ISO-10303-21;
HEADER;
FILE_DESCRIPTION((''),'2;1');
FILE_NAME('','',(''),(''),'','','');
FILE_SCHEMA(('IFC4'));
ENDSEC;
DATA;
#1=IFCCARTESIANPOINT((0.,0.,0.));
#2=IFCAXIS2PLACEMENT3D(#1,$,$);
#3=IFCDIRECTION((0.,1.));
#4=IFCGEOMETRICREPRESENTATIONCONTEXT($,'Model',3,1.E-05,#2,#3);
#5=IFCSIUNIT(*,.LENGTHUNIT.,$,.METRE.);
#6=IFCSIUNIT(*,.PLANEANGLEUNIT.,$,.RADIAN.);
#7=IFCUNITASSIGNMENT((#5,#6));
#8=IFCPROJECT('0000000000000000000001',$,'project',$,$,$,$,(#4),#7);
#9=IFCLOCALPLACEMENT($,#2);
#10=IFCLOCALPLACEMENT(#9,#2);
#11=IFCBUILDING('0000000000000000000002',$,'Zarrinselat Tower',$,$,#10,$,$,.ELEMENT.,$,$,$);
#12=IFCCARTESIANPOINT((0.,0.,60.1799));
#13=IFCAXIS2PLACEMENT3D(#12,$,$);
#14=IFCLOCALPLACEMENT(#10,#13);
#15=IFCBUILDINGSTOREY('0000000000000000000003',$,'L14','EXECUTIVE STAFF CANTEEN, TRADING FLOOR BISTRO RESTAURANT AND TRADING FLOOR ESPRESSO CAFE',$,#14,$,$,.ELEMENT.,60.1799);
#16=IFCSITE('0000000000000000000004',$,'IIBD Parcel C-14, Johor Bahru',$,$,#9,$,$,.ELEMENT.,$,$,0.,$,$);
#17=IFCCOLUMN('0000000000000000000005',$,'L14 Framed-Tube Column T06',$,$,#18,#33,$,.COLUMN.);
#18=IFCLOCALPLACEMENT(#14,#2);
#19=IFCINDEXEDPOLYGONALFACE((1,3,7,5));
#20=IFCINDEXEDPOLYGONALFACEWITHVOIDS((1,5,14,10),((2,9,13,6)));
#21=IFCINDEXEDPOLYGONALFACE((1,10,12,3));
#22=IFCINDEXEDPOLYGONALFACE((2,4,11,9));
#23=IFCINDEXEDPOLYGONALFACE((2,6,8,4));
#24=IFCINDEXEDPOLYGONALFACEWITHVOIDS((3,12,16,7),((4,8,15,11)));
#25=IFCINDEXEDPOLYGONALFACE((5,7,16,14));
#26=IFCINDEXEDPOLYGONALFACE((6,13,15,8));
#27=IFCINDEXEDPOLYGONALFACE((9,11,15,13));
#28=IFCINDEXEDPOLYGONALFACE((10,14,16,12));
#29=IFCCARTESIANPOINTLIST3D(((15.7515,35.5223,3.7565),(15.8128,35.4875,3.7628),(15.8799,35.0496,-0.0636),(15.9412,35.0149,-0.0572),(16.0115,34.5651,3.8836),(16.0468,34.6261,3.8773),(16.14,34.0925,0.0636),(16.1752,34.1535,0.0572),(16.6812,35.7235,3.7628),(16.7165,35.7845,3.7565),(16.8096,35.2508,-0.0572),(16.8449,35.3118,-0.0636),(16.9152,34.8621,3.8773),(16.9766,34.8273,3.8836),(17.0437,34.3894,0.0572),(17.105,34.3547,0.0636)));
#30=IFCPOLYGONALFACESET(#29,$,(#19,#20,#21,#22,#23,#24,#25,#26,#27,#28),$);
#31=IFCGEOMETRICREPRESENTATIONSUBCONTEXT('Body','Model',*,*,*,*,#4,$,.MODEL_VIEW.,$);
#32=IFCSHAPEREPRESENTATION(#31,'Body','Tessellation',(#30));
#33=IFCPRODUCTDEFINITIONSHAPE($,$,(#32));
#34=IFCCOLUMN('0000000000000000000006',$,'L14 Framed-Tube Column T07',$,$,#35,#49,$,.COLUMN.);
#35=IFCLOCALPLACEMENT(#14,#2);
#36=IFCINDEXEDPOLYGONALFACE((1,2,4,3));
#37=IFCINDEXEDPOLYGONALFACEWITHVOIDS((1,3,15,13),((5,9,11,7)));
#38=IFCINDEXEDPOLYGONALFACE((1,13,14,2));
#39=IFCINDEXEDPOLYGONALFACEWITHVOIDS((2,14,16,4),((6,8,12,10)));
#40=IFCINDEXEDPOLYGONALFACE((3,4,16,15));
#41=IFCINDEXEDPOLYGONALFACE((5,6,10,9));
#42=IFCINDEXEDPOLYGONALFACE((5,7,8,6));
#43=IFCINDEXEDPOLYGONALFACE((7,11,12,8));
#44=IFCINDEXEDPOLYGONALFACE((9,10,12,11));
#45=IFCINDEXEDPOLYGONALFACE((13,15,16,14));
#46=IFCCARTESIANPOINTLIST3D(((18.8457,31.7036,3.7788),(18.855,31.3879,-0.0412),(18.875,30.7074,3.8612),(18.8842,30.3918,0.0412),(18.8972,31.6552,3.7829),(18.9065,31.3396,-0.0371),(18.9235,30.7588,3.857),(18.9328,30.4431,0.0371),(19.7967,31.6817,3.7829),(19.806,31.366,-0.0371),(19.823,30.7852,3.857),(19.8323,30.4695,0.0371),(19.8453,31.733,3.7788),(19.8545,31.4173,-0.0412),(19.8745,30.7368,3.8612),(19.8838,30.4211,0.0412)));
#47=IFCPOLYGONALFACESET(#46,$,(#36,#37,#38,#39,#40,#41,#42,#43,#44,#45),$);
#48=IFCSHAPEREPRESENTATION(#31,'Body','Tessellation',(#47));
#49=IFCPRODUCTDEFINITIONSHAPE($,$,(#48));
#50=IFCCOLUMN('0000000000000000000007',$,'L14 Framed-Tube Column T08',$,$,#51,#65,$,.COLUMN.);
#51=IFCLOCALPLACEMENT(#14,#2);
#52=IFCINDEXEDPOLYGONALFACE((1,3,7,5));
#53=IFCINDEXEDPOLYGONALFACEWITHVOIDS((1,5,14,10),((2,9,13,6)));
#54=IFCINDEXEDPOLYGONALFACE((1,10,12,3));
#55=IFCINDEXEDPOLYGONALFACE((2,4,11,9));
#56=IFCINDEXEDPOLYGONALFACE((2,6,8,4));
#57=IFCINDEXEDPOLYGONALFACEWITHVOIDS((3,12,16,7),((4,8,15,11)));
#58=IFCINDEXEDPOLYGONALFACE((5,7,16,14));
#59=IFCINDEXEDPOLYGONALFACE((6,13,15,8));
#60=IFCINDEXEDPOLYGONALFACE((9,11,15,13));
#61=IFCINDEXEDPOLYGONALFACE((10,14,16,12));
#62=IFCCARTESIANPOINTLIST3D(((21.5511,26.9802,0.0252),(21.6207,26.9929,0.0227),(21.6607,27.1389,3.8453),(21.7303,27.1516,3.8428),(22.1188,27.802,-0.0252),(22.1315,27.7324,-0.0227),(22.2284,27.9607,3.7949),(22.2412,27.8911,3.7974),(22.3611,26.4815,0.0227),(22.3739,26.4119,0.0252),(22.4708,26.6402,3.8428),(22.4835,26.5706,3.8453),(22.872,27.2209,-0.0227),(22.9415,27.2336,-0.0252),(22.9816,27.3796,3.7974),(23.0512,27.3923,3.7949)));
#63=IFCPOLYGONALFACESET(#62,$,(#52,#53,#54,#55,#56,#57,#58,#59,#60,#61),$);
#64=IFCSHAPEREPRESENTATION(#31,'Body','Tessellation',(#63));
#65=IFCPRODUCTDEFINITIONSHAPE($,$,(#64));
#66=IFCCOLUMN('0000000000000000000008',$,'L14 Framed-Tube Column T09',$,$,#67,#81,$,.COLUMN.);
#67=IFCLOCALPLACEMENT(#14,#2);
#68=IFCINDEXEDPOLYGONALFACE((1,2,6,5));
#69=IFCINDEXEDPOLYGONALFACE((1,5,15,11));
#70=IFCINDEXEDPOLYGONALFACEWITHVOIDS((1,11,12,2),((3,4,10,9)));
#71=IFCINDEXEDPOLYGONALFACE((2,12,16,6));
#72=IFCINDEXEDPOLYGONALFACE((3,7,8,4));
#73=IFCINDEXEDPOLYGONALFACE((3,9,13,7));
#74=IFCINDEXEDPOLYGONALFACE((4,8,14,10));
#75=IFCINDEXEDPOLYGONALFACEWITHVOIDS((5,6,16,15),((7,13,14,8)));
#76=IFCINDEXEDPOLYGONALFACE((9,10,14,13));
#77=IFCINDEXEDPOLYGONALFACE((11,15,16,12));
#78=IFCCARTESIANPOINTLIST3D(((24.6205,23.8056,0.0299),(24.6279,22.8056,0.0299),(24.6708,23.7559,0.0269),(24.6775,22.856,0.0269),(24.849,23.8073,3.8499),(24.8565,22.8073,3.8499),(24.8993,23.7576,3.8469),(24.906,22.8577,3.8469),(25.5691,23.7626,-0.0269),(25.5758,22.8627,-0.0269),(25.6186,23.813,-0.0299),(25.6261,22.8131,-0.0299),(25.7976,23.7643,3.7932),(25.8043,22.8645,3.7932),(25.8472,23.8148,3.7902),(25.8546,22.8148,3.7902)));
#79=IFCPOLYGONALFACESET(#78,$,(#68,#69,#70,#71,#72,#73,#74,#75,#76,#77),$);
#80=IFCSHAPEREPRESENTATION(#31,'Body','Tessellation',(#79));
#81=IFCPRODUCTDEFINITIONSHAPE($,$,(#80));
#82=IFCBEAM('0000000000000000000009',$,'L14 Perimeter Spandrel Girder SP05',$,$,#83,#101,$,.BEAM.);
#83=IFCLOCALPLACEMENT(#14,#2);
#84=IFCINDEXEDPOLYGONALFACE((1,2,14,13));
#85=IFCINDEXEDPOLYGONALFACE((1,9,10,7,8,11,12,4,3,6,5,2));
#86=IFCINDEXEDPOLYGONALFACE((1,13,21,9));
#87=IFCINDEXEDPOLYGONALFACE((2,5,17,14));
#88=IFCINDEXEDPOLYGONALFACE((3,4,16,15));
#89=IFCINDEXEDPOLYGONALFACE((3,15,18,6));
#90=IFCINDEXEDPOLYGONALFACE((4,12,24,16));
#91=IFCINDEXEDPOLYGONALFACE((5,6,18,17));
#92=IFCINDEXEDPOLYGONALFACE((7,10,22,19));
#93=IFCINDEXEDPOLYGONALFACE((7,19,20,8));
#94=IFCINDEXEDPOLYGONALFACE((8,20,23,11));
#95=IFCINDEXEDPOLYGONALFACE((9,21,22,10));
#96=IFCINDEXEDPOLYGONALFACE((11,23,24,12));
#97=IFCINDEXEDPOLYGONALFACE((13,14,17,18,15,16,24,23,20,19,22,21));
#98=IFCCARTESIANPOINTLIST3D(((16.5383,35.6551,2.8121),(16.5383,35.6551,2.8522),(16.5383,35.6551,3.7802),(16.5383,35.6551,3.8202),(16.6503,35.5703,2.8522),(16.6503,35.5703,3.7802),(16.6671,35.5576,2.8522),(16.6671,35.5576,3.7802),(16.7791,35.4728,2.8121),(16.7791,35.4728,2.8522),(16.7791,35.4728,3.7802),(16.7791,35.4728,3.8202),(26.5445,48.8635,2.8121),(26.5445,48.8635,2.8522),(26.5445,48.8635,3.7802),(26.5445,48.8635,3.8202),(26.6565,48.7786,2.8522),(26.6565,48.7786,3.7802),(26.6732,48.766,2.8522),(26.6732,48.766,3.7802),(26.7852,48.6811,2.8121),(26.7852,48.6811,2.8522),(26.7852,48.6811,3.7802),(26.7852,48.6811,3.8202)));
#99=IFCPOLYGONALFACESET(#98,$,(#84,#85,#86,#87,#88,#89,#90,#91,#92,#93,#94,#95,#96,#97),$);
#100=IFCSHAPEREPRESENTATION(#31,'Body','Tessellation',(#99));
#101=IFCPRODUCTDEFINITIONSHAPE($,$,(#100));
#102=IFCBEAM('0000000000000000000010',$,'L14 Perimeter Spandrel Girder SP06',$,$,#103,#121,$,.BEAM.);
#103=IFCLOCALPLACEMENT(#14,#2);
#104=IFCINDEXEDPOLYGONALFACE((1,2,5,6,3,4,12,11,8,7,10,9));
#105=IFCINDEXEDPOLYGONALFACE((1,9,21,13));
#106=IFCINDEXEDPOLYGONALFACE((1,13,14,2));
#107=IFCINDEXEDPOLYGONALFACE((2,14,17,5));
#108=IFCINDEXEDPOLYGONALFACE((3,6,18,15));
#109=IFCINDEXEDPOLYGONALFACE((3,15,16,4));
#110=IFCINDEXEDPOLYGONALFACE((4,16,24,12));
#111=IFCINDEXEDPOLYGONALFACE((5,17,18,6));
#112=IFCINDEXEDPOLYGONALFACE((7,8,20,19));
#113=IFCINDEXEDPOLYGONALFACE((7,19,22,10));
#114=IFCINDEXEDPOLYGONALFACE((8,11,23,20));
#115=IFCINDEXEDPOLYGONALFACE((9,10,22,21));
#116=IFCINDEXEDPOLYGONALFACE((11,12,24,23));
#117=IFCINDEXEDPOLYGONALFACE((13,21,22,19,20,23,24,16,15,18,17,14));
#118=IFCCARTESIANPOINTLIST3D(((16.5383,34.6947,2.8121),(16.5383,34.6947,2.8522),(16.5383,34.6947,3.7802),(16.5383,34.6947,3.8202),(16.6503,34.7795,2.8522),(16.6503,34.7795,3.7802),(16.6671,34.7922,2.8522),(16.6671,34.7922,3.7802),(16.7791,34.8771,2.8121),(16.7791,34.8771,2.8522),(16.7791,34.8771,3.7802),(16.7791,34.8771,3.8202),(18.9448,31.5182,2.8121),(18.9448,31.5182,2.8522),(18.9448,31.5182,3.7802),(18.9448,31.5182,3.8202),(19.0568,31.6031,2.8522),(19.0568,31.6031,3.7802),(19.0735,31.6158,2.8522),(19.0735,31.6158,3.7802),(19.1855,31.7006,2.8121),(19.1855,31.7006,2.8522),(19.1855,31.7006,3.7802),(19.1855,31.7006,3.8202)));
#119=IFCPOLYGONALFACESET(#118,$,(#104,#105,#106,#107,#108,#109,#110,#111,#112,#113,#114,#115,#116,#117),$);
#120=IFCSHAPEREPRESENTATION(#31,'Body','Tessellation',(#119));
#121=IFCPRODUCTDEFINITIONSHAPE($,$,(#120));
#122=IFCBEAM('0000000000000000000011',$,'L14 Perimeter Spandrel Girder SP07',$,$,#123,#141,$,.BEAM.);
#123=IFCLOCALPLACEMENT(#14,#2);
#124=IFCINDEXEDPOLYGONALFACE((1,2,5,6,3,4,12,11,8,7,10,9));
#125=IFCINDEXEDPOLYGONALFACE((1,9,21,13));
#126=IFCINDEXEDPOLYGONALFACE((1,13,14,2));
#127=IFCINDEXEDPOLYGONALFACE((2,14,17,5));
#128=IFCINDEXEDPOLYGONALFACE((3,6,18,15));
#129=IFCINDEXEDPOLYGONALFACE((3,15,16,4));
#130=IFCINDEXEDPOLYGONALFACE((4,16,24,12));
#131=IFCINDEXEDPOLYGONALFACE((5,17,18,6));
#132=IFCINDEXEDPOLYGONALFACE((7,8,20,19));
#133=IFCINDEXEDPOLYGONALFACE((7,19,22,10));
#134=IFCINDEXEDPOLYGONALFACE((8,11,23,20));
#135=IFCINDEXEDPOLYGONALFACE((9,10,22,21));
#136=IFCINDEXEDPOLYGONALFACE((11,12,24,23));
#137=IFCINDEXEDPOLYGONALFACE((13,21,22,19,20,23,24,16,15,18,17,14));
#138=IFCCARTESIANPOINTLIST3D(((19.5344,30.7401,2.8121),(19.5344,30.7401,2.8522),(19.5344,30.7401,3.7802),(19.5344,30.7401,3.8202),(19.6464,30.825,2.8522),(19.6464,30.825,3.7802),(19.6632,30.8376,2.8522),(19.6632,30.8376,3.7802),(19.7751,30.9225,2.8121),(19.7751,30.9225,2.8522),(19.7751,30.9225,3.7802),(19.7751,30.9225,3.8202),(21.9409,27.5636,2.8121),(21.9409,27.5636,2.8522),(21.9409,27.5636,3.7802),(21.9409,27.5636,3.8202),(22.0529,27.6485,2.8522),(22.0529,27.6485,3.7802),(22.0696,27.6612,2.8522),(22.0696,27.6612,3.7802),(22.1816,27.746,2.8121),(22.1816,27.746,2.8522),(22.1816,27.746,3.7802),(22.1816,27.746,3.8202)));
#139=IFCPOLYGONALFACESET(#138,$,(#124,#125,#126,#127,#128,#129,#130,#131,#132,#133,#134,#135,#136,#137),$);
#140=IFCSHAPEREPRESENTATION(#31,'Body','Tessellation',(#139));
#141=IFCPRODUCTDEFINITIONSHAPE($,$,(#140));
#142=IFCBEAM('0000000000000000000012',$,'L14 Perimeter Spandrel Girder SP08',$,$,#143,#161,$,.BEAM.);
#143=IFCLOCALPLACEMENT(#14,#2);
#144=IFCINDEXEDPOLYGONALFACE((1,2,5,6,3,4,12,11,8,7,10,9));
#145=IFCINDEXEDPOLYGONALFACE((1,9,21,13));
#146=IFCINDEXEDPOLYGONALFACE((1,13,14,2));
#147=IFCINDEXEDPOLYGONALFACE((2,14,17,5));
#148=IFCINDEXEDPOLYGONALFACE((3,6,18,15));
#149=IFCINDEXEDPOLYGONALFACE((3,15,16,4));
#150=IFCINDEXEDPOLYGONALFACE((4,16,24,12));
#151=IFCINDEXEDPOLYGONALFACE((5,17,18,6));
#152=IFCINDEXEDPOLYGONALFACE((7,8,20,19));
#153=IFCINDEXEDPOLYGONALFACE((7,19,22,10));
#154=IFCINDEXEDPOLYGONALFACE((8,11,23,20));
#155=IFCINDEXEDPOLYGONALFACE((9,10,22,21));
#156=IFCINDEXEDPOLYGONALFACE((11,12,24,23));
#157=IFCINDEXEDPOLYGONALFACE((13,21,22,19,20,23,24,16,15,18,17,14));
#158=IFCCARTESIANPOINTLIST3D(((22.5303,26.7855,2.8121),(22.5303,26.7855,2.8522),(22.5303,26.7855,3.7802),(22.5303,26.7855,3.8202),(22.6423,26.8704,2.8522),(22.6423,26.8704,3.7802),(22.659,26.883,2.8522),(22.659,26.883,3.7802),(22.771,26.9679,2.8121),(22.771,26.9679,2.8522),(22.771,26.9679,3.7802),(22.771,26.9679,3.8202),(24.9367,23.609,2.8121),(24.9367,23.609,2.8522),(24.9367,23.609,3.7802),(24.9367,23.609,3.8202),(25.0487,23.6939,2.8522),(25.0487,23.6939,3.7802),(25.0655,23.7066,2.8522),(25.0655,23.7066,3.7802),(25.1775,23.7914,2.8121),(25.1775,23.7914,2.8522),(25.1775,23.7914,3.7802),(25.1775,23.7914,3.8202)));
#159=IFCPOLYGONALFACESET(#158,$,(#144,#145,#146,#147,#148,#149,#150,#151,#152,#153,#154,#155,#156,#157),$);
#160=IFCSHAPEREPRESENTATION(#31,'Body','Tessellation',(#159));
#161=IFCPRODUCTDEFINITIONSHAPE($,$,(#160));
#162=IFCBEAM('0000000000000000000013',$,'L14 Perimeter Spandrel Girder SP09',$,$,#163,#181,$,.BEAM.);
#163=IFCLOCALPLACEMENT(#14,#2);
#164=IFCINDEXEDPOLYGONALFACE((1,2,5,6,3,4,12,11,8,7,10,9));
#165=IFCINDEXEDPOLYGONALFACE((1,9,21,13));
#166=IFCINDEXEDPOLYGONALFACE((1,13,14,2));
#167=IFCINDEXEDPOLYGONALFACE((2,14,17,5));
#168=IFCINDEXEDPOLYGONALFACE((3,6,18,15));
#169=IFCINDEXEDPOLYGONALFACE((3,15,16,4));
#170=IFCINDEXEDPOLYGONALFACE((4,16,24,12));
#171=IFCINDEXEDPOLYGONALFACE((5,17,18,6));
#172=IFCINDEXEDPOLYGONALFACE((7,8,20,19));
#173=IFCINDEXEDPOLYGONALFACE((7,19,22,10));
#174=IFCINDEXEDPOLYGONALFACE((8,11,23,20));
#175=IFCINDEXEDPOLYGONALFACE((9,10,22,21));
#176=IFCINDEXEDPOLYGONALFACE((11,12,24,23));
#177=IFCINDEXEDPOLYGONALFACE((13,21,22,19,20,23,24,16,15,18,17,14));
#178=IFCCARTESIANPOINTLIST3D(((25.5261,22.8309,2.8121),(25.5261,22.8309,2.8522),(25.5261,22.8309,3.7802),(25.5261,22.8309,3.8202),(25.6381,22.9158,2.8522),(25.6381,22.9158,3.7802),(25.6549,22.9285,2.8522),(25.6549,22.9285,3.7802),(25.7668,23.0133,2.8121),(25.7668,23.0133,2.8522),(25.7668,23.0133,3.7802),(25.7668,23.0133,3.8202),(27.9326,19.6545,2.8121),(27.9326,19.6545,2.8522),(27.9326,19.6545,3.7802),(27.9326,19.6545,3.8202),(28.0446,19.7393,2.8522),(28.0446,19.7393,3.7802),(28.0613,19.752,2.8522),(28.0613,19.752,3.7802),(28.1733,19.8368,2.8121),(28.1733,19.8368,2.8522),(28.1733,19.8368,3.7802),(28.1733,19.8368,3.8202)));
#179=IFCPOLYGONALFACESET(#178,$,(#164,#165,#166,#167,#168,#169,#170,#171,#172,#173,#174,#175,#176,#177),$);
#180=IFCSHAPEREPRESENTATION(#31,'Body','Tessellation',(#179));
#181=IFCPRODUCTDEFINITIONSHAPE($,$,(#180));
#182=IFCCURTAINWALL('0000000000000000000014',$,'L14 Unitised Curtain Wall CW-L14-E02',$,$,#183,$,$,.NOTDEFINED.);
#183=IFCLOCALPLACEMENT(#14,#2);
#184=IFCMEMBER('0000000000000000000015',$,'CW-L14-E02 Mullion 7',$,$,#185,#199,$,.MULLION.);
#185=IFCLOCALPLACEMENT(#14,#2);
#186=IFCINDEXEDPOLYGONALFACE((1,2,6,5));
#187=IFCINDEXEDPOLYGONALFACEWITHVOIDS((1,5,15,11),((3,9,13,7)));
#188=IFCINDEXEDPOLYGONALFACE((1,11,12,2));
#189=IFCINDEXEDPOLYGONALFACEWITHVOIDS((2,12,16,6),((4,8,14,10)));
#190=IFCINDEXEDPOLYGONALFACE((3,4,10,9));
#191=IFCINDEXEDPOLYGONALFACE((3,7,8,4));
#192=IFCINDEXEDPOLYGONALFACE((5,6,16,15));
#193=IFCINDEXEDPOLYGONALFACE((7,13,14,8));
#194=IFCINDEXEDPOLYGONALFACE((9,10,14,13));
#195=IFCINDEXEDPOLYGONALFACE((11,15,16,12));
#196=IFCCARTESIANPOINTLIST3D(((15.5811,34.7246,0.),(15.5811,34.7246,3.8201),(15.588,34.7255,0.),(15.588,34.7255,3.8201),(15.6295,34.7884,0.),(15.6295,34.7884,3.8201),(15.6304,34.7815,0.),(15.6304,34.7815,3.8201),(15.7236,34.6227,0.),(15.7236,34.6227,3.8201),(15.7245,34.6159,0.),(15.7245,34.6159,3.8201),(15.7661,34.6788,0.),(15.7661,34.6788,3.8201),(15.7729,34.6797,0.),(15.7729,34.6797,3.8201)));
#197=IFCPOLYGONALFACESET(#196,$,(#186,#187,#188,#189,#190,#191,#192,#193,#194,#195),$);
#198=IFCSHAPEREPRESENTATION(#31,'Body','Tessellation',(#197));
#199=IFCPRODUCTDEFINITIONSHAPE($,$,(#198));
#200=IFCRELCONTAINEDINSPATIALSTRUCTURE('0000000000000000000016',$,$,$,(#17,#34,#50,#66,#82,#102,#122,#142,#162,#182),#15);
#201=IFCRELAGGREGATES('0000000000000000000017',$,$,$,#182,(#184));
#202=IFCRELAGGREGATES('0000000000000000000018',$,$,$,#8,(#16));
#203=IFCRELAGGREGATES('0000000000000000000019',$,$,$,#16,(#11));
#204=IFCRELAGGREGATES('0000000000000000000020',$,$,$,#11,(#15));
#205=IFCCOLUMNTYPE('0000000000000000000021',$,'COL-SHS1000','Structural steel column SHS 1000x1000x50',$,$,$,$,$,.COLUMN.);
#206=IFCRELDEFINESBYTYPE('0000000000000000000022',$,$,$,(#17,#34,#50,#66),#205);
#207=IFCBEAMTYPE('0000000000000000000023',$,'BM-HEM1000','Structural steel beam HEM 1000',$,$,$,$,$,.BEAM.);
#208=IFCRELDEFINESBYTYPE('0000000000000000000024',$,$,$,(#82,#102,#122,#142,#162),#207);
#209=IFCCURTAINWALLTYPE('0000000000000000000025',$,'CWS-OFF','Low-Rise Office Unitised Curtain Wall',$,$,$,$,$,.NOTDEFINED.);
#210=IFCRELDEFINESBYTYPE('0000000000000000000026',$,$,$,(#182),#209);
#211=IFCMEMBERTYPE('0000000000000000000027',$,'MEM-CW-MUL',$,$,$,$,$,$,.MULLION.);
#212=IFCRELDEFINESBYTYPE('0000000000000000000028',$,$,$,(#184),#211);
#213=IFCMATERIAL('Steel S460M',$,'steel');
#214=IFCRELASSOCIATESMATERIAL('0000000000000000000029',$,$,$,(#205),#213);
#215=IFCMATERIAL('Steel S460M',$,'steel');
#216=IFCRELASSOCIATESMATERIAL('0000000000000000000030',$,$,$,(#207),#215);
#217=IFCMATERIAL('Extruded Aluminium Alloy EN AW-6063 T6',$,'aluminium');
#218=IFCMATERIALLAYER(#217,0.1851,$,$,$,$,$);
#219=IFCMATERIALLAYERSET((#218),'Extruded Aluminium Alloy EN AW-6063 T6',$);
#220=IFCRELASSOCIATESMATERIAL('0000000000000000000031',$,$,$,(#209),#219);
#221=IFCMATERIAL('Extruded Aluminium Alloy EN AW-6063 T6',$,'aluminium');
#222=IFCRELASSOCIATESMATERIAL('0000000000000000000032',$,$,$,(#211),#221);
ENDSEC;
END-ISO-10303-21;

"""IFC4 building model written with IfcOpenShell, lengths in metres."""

from ifc_helpers import new_model, si_unit, direction, frame, origin, origin_2d, place, context, subcontext, project, spatial, hollow_rectangle, i_section, extrude, material, layer, layer_set, material_profile, profile_set, type_object, element, aggregate, save


model = new_model("IFC4")

# Units and contexts
model_context = context("Model", 3, precision=1e-05, world=origin(), true_north=direction((0.0, 1.0)))
body_context = subcontext(model_context, "Body", "Model", "MODEL_VIEW")
ifc_project = project(units=[si_unit("LENGTHUNIT", "METRE"), si_unit("PLANEANGLEUNIT", "RADIAN")], contexts=[model_context])

# Site, building, storey
site_placement = place(None, origin())
site = spatial("IfcSite", under=ifc_project, at=site_placement, Name="IIBD Parcel C-14, Johor Bahru", CompositionType="ELEMENT", RefElevation=0.0)
building_placement = place(site_placement, origin())
building = spatial("IfcBuilding", under=site, at=building_placement, Name="Zarrinselat Tower", CompositionType="ELEMENT")
storey_placement = place(building_placement, frame((0.0, 0.0, 60.1799)))
storey = spatial("IfcBuildingStorey", under=building, at=storey_placement, Name="L14", Description="EXECUTIVE STAFF CANTEEN, TRADING FLOOR BISTRO RESTAURANT AND TRADING FLOOR ESPRESSO CAFE", CompositionType="ELEMENT", Elevation=60.1799)

# Columns
ifc_material_1 = material(Name="Steel S460M", Category="steel")
ifc_material_profile_1 = material_profile(ifc_material_1, hollow_rectangle(XDim=1.0, YDim=1.0, WallThickness=0.05, at=origin_2d()), Name="SHS 1000x1000x50")
ifc_profile_set_1 = profile_set([ifc_material_profile_1], Name="Steel S460M")
column_type = type_object("IfcColumnType", Name="COL-SHS1000", Description="Structural steel column SHS 1000x1000x50", PredefinedType="COLUMN", material=ifc_profile_set_1)
column_1_placement = place(storey_placement, frame((16.4924, 34.7021, 0.0), z_axis=(-0.033344, 0.122725, 0.99188), x_axis=(-0.965016, -0.262189, 0.0)))
element("IfcColumn", 1, at=column_1_placement, inside=storey, type_object=column_type, Name="L14 Framed-Tube Column T06", PredefinedType="COLUMN", context=body_context, shape_type="SweptSolid", body=[
    extrude(hollow_rectangle(XDim=1.0, YDim=1.0, WallThickness=0.05, at=origin_2d()), origin(), (0.0, 0.0, 1.0), 3.8513),
])
column_2_placement = place(storey_placement, frame((19.3694, 30.9045, 0.0), z_axis=(-0.00242, 0.082355, 0.9966), x_axis=(-0.999568, -0.029376, 0.0)))
element("IfcColumn", 2, at=column_2_placement, inside=storey, type_object=column_type, Name="L14 Framed-Tube Column T07", PredefinedType="COLUMN", context=body_context, shape_type="SweptSolid", body=[
    extrude(hollow_rectangle(XDim=1.0, YDim=1.0, WallThickness=0.05, at=origin_2d()), origin(), (0.0, 0.0, 1.0), 3.833),
])
column_3_placement = place(storey_placement, frame((22.2463, 27.1069, 0.0), z_axis=(0.028659, 0.041489, 0.998728), x_axis=(-0.822784, 0.568354, 0.0)))
element("IfcColumn", 3, at=column_3_placement, inside=storey, type_object=column_type, Name="L14 Framed-Tube Column T08", PredefinedType="COLUMN", context=body_context, shape_type="SweptSolid", body=[
    extrude(hollow_rectangle(XDim=1.0, YDim=1.0, WallThickness=0.05, at=origin_2d()), origin(), (0.0, 0.0, 1.0), 3.825),
])
column_4_placement = place(storey_placement, frame((25.1233, 23.3093, 0.0), z_axis=(0.059713, 0.000447, 0.998215), x_axis=(-0.007478, 0.999972, 0.0)))
element("IfcColumn", 4, at=column_4_placement, inside=storey, type_object=column_type, Name="L14 Framed-Tube Column T09", PredefinedType="COLUMN", context=body_context, shape_type="SweptSolid", body=[
    extrude(hollow_rectangle(XDim=1.0, YDim=1.0, WallThickness=0.05, at=origin_2d()), origin(), (0.0, 0.0, 1.0), 3.8269),
])

# Beams
ifc_material_2 = material(Name="Steel S460M", Category="steel")
ifc_material_profile_2 = material_profile(ifc_material_2, i_section(OverallWidth=0.302, OverallDepth=1.0081, WebThickness=0.021, FlangeThickness=0.04, at=origin_2d()), Name="HEM 1000")
ifc_profile_set_2 = profile_set([ifc_material_profile_2], Name="Steel S460M")
beam_type = type_object("IfcBeamType", Name="BM-HEM1000", Description="Structural steel beam HEM 1000", PredefinedType="BEAM", material=ifc_profile_set_2)
beam_placement = place(storey_placement, frame((16.6587, 35.564, 3.3162), z_axis=(0.603852, 0.797096, 0.0), x_axis=(-0.797096, 0.603852, 0.0)))
element("IfcBeam", 5, at=beam_placement, inside=storey, type_object=beam_type, Name="L14 Perimeter Spandrel Girder SP05", PredefinedType="BEAM", context=body_context, shape_type="SweptSolid", body=[
    extrude(i_section(OverallWidth=0.302, OverallDepth=1.0081, WebThickness=0.021, FlangeThickness=0.04, at=origin_2d()), origin(), (0.0, 0.0, 1.0), 16.5706),
])
for number, where, z_axis, x_axis, name in (
    (6, (16.6587, 34.7859, 3.3162), (0.603865, -0.797087, 0.0), (0.797087, 0.603865, 0.0), "L14 Perimeter Spandrel Girder SP06"),
    (7, (19.6548, 30.8313, 3.3162), (0.603865, -0.797087, 0.0), (0.797087, 0.603865, 0.0), "L14 Perimeter Spandrel Girder SP07"),
    (8, (22.6506, 26.8767, 3.3162), (0.603865, -0.797087, 0.0), (0.797087, 0.603865, 0.0), "L14 Perimeter Spandrel Girder SP08"),
    (9, (25.6465, 22.9221, 3.3162), (0.603865, -0.797087, 0.0), (0.797087, 0.603865, 0.0), "L14 Perimeter Spandrel Girder SP09"),
):
    element("IfcBeam", number, at=place(storey_placement, frame(where, z_axis=z_axis, x_axis=x_axis)), inside=storey, type_object=beam_type, Name=name, PredefinedType="BEAM", context=body_context, shape_type="SweptSolid", body=[
        extrude(i_section(OverallWidth=0.302, OverallDepth=1.0081, WebThickness=0.021, FlangeThickness=0.04, at=origin_2d()), origin(), (0.0, 0.0, 1.0), 3.9851),
    ])

# Curtain wall, member
ifc_material_3 = material(Name="Extruded Aluminium Alloy EN AW-6063 T6", Category="aluminium")
ifc_layer_1 = layer(ifc_material_3, 0.1851)
ifc_layer_set_1 = layer_set([ifc_layer_1], Name="Extruded Aluminium Alloy EN AW-6063 T6")
curtain_wall_type = type_object("IfcCurtainWallType", Name="CWS-OFF", Description="Low-Rise Office Unitised Curtain Wall", PredefinedType="NOTDEFINED", material=ifc_layer_set_1)
curtain_wall_1_placement = place(storey_placement, origin())
curtain_wall_1 = element("IfcCurtainWall", 10, at=curtain_wall_1_placement, inside=storey, type_object=curtain_wall_type, Name="L14 Unitised Curtain Wall CW-L14-E02", PredefinedType="NOTDEFINED")
ifc_material_4 = material(Name="Extruded Aluminium Alloy EN AW-6063 T6", Category="aluminium")
ifc_material_profile_3 = material_profile(ifc_material_4, hollow_rectangle(XDim=0.0801, YDim=0.1799, WallThickness=0.0049, at=origin_2d()), Name="RHS 180x80x5")
ifc_profile_set_3 = profile_set([ifc_material_profile_3], Name="Extruded Aluminium Alloy EN AW-6063 T6")
member_type_1 = type_object("IfcMemberType", Name="MEM-CW-MUL", PredefinedType="MULLION", material=ifc_profile_set_3)
member_1_placement = place(storey_placement, frame((15.677, 34.7021, 0.0), z_axis=(0.0, 0.0, 1.0), x_axis=(-0.60386, -0.797091, 0.0)))
member_1 = element("IfcMember", 11, at=member_1_placement, type_object=member_type_1, Name="CW-L14-E02 Mullion 7", PredefinedType="MULLION", context=body_context, shape_type="SweptSolid", body=[
    extrude(hollow_rectangle(XDim=0.0801, YDim=0.1799, WallThickness=0.0049, at=origin_2d()), origin(), (0.0, 0.0, 1.0), 3.8201),
])
aggregate(curtain_wall_1, [member_1])

save(model, "model.ifc")
